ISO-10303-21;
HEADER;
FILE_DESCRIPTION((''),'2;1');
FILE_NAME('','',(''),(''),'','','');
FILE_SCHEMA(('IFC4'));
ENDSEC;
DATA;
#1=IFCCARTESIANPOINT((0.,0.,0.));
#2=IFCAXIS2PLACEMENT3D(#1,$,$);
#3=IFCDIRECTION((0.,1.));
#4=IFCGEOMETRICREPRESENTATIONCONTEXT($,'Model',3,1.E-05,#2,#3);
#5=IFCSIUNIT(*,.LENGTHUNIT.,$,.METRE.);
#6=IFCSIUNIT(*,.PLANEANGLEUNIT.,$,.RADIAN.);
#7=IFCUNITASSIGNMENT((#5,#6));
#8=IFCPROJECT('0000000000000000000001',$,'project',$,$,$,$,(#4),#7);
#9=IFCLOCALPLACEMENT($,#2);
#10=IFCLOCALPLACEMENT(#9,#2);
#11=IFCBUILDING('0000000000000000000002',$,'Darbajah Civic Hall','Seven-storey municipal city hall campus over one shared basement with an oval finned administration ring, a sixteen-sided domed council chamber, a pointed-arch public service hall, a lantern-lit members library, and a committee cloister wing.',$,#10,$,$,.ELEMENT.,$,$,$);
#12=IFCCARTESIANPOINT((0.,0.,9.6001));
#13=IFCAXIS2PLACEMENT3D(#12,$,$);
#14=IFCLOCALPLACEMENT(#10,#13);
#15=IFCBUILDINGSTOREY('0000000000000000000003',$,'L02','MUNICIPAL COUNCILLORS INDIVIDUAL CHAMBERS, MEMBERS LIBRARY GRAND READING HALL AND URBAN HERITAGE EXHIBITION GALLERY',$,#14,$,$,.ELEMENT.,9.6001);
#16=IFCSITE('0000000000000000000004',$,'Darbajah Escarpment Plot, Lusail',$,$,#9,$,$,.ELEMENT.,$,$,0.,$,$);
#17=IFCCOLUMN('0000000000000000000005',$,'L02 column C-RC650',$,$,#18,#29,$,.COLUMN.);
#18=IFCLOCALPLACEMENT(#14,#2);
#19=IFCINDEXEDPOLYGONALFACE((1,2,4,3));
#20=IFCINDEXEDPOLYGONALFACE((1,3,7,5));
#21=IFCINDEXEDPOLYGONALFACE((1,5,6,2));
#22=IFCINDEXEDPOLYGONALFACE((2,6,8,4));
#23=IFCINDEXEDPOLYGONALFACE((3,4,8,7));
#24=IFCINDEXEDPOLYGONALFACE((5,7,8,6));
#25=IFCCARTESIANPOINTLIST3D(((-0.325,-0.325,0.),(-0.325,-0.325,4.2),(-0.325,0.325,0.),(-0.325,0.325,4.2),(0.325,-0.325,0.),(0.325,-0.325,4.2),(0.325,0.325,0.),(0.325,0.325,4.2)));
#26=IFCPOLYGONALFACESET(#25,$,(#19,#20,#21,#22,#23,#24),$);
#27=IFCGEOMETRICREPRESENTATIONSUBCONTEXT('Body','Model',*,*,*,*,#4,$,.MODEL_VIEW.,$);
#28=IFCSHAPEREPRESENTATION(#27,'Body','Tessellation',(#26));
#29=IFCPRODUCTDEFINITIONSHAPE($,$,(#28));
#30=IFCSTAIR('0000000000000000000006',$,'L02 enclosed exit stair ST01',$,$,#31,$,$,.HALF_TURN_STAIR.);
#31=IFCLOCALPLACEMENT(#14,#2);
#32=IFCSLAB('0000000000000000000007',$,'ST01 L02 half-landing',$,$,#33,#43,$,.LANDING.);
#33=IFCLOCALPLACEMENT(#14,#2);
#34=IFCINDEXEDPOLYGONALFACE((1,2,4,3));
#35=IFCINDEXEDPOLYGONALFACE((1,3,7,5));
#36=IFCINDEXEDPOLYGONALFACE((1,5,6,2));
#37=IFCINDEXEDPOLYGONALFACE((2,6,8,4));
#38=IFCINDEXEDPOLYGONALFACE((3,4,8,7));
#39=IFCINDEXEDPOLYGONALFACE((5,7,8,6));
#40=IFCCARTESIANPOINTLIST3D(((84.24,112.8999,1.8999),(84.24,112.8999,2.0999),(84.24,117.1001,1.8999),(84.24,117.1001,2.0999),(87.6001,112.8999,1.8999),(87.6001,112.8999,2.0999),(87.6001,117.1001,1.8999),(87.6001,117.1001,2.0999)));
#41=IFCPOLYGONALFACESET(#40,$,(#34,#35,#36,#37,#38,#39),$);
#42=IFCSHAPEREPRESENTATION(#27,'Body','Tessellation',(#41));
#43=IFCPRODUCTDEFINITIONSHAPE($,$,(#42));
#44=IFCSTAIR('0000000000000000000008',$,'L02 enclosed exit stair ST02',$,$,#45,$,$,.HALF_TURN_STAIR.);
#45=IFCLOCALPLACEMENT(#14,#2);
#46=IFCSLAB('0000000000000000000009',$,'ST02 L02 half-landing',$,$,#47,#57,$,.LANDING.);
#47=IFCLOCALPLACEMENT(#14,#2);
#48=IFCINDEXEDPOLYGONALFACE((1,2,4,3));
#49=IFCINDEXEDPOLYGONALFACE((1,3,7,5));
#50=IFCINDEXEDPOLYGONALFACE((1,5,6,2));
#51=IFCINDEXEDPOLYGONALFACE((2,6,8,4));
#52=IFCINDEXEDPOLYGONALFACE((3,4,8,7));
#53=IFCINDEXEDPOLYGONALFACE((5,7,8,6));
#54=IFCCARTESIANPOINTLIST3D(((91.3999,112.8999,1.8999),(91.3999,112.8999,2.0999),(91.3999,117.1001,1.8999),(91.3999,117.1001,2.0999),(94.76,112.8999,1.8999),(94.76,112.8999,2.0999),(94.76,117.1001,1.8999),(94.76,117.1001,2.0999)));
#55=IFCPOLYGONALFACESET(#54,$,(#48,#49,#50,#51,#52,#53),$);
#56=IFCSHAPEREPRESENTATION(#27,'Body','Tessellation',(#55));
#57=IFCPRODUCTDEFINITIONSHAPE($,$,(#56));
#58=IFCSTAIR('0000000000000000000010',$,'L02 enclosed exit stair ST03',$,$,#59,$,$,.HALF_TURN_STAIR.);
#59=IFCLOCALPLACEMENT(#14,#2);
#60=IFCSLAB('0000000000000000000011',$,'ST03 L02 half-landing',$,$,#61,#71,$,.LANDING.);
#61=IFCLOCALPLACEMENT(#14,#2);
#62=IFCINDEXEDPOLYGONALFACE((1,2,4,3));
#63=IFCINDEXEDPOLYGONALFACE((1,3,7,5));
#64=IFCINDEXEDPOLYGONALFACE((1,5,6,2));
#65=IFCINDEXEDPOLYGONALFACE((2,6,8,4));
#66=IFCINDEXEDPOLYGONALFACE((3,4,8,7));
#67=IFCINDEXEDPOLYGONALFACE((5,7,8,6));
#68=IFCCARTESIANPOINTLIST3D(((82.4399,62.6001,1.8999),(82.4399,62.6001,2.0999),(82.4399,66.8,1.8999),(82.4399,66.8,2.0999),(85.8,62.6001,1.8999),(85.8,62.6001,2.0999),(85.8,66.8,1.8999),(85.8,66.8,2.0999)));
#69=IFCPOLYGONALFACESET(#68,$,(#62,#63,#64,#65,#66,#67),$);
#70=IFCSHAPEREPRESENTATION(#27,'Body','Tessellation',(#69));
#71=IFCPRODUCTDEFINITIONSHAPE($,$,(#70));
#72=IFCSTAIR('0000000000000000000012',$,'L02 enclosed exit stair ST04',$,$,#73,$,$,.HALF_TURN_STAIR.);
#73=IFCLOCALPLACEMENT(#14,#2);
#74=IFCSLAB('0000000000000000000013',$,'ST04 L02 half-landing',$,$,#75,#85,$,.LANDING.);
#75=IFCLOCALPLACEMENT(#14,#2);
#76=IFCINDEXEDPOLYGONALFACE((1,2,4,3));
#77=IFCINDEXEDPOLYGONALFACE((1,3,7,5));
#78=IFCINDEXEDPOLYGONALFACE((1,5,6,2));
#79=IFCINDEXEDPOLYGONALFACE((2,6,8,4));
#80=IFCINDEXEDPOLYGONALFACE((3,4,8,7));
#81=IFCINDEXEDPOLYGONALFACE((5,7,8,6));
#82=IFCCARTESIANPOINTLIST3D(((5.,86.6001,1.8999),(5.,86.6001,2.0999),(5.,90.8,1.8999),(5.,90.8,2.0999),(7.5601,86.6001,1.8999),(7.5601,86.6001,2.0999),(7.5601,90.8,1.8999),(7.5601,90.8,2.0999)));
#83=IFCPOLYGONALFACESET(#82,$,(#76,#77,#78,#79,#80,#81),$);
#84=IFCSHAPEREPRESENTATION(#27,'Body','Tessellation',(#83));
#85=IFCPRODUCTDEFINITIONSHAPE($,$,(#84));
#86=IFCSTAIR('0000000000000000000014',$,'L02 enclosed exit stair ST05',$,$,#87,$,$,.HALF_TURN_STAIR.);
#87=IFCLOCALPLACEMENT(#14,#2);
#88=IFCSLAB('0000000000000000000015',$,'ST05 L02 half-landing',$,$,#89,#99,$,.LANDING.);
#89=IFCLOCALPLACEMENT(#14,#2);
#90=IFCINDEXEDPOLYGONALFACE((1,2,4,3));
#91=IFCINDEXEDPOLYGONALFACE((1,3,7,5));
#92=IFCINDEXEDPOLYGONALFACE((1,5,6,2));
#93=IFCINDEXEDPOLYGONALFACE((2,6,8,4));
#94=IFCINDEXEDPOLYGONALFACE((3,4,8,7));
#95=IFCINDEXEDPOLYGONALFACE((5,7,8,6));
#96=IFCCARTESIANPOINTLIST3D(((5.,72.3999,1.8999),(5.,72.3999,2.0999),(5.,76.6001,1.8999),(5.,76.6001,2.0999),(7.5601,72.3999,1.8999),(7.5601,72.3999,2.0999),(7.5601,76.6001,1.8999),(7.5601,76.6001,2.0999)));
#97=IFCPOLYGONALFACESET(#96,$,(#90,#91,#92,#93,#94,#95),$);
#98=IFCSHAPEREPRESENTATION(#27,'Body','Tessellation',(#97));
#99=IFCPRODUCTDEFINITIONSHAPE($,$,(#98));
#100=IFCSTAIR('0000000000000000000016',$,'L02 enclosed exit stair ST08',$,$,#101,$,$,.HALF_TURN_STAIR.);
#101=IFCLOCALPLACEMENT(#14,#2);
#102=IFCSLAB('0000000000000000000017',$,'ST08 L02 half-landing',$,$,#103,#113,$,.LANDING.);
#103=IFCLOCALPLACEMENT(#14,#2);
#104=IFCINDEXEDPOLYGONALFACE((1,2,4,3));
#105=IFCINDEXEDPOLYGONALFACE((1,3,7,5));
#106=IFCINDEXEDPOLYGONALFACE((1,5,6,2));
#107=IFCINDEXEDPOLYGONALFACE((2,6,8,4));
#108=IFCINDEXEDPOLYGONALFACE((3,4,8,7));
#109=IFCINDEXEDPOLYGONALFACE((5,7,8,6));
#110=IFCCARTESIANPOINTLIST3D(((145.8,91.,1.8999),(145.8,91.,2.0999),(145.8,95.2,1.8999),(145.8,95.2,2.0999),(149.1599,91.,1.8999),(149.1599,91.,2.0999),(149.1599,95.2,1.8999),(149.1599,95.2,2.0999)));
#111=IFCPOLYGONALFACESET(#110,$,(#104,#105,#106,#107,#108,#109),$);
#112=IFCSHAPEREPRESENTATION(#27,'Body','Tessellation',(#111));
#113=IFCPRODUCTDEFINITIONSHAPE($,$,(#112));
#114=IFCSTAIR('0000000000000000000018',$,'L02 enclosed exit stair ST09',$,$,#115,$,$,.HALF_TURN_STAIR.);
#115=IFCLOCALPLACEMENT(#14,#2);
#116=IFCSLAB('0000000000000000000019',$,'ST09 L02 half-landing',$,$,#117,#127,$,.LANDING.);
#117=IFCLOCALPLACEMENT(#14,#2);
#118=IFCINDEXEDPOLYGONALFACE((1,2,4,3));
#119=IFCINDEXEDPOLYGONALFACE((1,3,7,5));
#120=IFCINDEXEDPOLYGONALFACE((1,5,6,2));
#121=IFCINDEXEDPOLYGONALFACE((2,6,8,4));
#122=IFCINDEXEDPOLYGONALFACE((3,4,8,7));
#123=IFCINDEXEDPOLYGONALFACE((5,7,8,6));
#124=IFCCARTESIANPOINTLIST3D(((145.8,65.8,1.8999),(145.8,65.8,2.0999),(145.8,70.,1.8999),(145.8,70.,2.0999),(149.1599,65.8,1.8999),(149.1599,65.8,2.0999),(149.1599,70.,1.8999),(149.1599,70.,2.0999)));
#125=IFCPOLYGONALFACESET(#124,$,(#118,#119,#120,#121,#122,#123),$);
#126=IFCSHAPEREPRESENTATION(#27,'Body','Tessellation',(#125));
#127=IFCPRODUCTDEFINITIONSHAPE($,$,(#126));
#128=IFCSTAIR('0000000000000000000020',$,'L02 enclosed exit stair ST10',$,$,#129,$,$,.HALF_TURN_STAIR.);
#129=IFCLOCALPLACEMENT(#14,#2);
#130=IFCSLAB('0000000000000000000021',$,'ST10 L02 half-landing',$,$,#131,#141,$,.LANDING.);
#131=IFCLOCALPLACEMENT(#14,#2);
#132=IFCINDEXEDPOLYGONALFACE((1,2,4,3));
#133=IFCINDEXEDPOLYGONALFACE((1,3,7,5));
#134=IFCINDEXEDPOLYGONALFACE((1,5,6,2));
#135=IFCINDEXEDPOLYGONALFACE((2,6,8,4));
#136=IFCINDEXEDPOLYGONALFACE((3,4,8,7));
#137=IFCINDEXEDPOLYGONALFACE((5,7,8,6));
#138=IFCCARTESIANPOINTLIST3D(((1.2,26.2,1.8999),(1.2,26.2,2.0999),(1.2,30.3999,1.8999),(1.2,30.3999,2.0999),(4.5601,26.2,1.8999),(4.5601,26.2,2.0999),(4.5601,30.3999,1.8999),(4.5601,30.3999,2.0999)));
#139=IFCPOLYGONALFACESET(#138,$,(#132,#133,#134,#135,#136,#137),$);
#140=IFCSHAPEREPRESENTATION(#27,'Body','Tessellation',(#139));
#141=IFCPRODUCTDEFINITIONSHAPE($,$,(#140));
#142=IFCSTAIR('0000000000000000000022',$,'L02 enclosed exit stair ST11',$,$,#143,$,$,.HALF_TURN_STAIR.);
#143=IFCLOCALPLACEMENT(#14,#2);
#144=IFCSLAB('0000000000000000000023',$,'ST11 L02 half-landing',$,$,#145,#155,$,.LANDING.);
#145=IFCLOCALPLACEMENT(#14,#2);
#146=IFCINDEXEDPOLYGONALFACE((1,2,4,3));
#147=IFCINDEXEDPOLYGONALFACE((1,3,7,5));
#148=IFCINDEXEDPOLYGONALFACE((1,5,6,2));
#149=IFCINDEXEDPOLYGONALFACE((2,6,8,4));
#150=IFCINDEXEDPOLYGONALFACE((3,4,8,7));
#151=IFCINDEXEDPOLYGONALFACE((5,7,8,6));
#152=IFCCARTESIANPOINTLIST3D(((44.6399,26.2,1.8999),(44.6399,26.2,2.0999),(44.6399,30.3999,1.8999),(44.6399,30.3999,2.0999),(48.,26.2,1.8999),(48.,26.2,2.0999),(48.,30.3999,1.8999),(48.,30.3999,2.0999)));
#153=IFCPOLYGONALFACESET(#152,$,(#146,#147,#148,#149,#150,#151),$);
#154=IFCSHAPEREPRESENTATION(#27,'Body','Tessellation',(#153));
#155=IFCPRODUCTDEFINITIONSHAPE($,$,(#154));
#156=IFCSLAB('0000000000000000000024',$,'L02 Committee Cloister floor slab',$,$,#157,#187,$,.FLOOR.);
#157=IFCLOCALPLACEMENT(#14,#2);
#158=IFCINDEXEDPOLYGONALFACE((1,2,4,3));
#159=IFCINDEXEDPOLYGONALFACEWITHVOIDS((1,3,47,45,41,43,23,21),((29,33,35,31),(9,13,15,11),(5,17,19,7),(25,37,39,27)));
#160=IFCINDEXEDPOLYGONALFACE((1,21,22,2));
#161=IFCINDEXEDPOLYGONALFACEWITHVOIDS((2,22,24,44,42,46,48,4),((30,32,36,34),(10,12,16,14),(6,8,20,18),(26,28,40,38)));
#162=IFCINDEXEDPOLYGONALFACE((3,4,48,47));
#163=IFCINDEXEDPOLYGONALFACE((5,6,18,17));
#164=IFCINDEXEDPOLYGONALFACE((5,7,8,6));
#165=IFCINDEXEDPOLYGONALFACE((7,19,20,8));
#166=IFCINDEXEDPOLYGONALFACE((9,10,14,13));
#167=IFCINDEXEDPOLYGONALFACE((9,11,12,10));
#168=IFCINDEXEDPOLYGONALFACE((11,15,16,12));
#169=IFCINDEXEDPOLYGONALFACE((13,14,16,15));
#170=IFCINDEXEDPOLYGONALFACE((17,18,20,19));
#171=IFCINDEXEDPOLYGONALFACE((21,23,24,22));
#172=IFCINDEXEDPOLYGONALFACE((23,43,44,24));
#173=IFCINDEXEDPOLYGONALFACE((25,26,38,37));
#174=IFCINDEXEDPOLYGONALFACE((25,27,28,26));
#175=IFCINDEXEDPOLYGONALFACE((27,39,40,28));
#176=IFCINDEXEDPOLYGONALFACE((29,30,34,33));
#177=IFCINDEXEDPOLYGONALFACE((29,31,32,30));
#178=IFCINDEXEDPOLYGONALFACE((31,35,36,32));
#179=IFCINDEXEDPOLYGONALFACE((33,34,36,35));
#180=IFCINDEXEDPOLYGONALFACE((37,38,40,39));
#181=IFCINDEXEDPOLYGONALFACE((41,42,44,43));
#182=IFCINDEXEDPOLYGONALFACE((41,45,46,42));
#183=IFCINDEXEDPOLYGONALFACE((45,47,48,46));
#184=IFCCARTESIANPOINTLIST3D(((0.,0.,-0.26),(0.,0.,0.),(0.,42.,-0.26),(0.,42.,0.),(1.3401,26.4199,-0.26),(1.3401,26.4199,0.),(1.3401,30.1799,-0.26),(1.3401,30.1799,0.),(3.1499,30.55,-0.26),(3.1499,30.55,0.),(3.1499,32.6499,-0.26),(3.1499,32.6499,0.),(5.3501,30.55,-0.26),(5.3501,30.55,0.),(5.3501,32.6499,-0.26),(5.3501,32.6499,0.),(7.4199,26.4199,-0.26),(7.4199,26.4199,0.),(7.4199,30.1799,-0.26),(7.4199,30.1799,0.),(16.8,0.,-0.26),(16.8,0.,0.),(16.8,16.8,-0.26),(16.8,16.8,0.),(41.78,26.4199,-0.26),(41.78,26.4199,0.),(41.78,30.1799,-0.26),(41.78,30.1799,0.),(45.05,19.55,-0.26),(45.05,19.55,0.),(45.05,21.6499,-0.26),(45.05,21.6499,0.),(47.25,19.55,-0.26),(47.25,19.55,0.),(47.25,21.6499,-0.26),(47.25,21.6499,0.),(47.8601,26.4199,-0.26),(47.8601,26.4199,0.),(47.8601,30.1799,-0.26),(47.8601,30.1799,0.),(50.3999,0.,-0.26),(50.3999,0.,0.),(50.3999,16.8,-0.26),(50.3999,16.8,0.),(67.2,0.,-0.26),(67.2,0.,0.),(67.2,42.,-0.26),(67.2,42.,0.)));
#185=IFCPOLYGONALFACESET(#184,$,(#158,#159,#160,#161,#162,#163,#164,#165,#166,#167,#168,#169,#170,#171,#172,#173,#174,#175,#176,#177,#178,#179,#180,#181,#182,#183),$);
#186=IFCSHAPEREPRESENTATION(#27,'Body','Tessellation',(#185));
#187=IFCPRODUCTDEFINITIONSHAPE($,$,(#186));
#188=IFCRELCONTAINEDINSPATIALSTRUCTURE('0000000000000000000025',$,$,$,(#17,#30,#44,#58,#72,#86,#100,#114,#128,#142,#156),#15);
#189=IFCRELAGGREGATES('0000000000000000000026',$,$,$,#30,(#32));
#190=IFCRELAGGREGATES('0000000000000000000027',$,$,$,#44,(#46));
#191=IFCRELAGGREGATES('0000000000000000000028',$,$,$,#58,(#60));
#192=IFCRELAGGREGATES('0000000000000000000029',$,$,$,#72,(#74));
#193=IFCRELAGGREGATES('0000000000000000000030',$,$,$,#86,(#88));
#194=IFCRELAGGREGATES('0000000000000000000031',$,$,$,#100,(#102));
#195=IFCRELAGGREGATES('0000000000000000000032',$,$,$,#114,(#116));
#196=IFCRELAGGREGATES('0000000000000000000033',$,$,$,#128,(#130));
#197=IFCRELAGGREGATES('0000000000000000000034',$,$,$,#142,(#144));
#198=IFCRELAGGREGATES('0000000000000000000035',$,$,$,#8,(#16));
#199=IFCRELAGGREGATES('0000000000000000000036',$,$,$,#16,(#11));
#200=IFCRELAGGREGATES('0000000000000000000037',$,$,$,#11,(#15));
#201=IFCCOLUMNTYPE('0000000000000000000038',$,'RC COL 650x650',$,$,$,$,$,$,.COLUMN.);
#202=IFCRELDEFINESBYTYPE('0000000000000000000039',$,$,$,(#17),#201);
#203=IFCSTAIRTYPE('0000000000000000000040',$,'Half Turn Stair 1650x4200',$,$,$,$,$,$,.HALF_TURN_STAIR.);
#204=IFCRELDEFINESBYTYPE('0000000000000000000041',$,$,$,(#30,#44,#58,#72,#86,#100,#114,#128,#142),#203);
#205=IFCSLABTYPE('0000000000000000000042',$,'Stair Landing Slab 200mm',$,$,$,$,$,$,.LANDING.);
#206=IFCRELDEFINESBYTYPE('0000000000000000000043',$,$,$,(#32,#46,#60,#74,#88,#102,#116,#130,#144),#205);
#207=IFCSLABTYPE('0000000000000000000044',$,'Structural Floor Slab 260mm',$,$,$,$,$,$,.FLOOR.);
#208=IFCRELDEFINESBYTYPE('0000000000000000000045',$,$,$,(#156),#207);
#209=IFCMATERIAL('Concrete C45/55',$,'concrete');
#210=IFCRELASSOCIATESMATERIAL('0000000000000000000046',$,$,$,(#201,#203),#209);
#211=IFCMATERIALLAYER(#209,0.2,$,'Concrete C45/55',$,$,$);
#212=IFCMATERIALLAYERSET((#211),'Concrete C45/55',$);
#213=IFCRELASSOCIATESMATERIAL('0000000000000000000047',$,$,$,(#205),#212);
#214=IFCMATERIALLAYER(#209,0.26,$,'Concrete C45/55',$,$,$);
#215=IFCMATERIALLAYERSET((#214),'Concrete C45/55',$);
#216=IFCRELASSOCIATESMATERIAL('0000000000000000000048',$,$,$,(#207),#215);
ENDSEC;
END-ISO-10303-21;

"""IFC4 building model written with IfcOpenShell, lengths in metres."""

from ifc_helpers import new_model, si_unit, direction, frame, origin, origin_with_axes, origin_2d, place, context, subcontext, project, spatial, polyline, rectangle, outline, extrude, material, layer, layer_set, material_profile, profile_set, type_object, element, aggregate, save


model = new_model("IFC4")

# Units and contexts
model_context = context("Model", 3, precision=1e-05, world=origin(), true_north=direction((0.0, 1.0)))
body_context = subcontext(model_context, "Body", "Model", "MODEL_VIEW")
ifc_project = project(units=[si_unit("LENGTHUNIT", "METRE"), si_unit("PLANEANGLEUNIT", "RADIAN")], contexts=[model_context])

# Site, building, storey
site_placement = place(None, origin())
site = spatial("IfcSite", under=ifc_project, at=site_placement, Name="Darbajah Escarpment Plot, Lusail", CompositionType="ELEMENT", RefElevation=0.0)
building_placement = place(site_placement, origin())
building = spatial("IfcBuilding", under=site, at=building_placement, Name="Darbajah Civic Hall", Description="Seven-storey municipal city hall campus over one shared basement with an oval finned administration ring, a sixteen-sided domed council chamber, a pointed-arch public service hall, a lantern-lit members library, and a committee cloister wing.", CompositionType="ELEMENT")
storey_placement = place(building_placement, frame((0.0, 0.0, 9.6001)))
storey = spatial("IfcBuildingStorey", under=building, at=storey_placement, Name="L02", Description="MUNICIPAL COUNCILLORS INDIVIDUAL CHAMBERS, MEMBERS LIBRARY GRAND READING HALL AND URBAN HERITAGE EXHIBITION GALLERY", CompositionType="ELEMENT", Elevation=9.6001)

# Column
ifc_material_1 = material(Name="Concrete C45/55", Category="concrete")
ifc_material_profile = material_profile(ifc_material_1, rectangle(XDim=0.6499, YDim=0.6499, at=origin_2d()), Name="RC COL 650x650")
ifc_profile_set = profile_set([ifc_material_profile], Name="Concrete C45/55")
column_type = type_object("IfcColumnType", Name="RC COL 650x650", PredefinedType="COLUMN", material=ifc_profile_set)
column_placement = place(storey_placement, origin_with_axes())
element("IfcColumn", 1, at=column_placement, inside=storey, type_object=column_type, Name="L02 column C-RC650", PredefinedType="COLUMN", context=body_context, shape_type="SweptSolid", body=[
    extrude(rectangle(XDim=0.6499, YDim=0.6499, at=origin_2d()), origin(), (0.0, 0.0, 1.0), 4.2),
])

# Stairs, slabs
stair_type = type_object("IfcStairType", Name="Half Turn Stair 1650x4200", PredefinedType="HALF_TURN_STAIR", material=ifc_material_1)
stair_1_placement = place(storey_placement, origin())
stair_1 = element("IfcStair", 2, at=stair_1_placement, inside=storey, type_object=stair_type, Name="L02 enclosed exit stair ST01", PredefinedType="HALF_TURN_STAIR")
ifc_layer_1 = layer(ifc_material_1, 0.2, Name="Concrete C45/55")
ifc_layer_set_1 = layer_set([ifc_layer_1], Name="Concrete C45/55")
slab_type_1 = type_object("IfcSlabType", Name="Stair Landing Slab 200mm", PredefinedType="LANDING", material=ifc_layer_set_1)
slab_1_placement = place(storey_placement, frame((0.0, 0.0, 1.8999)))
slab_1 = element("IfcSlab", 3, at=slab_1_placement, type_object=slab_type_1, Name="ST01 L02 half-landing", PredefinedType="LANDING", context=body_context, shape_type="SweptSolid", body=[
    extrude(outline(polyline([(84.24, 112.8999), (87.6001, 112.8999), (87.6001, 117.1001), (84.24, 117.1001), (84.24, 112.8999)])), origin(), (0.0, 0.0, 1.0), 0.2),
])
aggregate(stair_1, [slab_1])
stair_2_placement = place(storey_placement, origin())
stair_2 = element("IfcStair", 4, at=stair_2_placement, inside=storey, type_object=stair_type, Name="L02 enclosed exit stair ST02", PredefinedType="HALF_TURN_STAIR")
slab_2_placement = place(storey_placement, frame((0.0, 0.0, 1.8999)))
slab_2 = element("IfcSlab", 5, at=slab_2_placement, type_object=slab_type_1, Name="ST02 L02 half-landing", PredefinedType="LANDING", context=body_context, shape_type="SweptSolid", body=[
    extrude(outline(polyline([(91.3999, 112.8999), (94.76, 112.8999), (94.76, 117.1001), (91.3999, 117.1001), (91.3999, 112.8999)])), origin(), (0.0, 0.0, 1.0), 0.2),
])
aggregate(stair_2, [slab_2])
stair_3_placement = place(storey_placement, origin())
stair_3 = element("IfcStair", 6, at=stair_3_placement, inside=storey, type_object=stair_type, Name="L02 enclosed exit stair ST03", PredefinedType="HALF_TURN_STAIR")
slab_3_placement = place(storey_placement, frame((0.0, 0.0, 1.8999)))
slab_3 = element("IfcSlab", 7, at=slab_3_placement, type_object=slab_type_1, Name="ST03 L02 half-landing", PredefinedType="LANDING", context=body_context, shape_type="SweptSolid", body=[
    extrude(outline(polyline([(82.4399, 62.6001), (85.8, 62.6001), (85.8, 66.8), (82.4399, 66.8), (82.4399, 62.6001)])), origin(), (0.0, 0.0, 1.0), 0.2),
])
aggregate(stair_3, [slab_3])
stair_4_placement = place(storey_placement, origin())
stair_4 = element("IfcStair", 8, at=stair_4_placement, inside=storey, type_object=stair_type, Name="L02 enclosed exit stair ST04", PredefinedType="HALF_TURN_STAIR")
slab_4_placement = place(storey_placement, frame((0.0, 0.0, 1.8999)))
slab_4 = element("IfcSlab", 9, at=slab_4_placement, type_object=slab_type_1, Name="ST04 L02 half-landing", PredefinedType="LANDING", context=body_context, shape_type="SweptSolid", body=[
    extrude(outline(polyline([(5.0, 86.6001), (7.5601, 86.6001), (7.5601, 90.8), (5.0, 90.8), (5.0, 86.6001)])), origin(), (0.0, 0.0, 1.0), 0.2),
])
aggregate(stair_4, [slab_4])
stair_5_placement = place(storey_placement, origin())
stair_5 = element("IfcStair", 10, at=stair_5_placement, inside=storey, type_object=stair_type, Name="L02 enclosed exit stair ST05", PredefinedType="HALF_TURN_STAIR")
slab_5_placement = place(storey_placement, frame((0.0, 0.0, 1.8999)))
slab_5 = element("IfcSlab", 11, at=slab_5_placement, type_object=slab_type_1, Name="ST05 L02 half-landing", PredefinedType="LANDING", context=body_context, shape_type="SweptSolid", body=[
    extrude(outline(polyline([(5.0, 72.3999), (7.5601, 72.3999), (7.5601, 76.6001), (5.0, 76.6001), (5.0, 72.3999)])), origin(), (0.0, 0.0, 1.0), 0.2),
])
aggregate(stair_5, [slab_5])
stair_6_placement = place(storey_placement, origin())
stair_6 = element("IfcStair", 12, at=stair_6_placement, inside=storey, type_object=stair_type, Name="L02 enclosed exit stair ST08", PredefinedType="HALF_TURN_STAIR")
slab_6_placement = place(storey_placement, frame((0.0, 0.0, 1.8999)))
slab_6 = element("IfcSlab", 13, at=slab_6_placement, type_object=slab_type_1, Name="ST08 L02 half-landing", PredefinedType="LANDING", context=body_context, shape_type="SweptSolid", body=[
    extrude(outline(polyline([(145.8, 91.0), (149.1599, 91.0), (149.1599, 95.2), (145.8, 95.2), (145.8, 91.0)])), origin(), (0.0, 0.0, 1.0), 0.2),
])
aggregate(stair_6, [slab_6])
stair_7_placement = place(storey_placement, origin())
stair_7 = element("IfcStair", 14, at=stair_7_placement, inside=storey, type_object=stair_type, Name="L02 enclosed exit stair ST09", PredefinedType="HALF_TURN_STAIR")
slab_7_placement = place(storey_placement, frame((0.0, 0.0, 1.8999)))
slab_7 = element("IfcSlab", 15, at=slab_7_placement, type_object=slab_type_1, Name="ST09 L02 half-landing", PredefinedType="LANDING", context=body_context, shape_type="SweptSolid", body=[
    extrude(outline(polyline([(145.8, 65.8), (149.1599, 65.8), (149.1599, 70.0), (145.8, 70.0), (145.8, 65.8)])), origin(), (0.0, 0.0, 1.0), 0.2),
])
aggregate(stair_7, [slab_7])
stair_8_placement = place(storey_placement, origin())
stair_8 = element("IfcStair", 16, at=stair_8_placement, inside=storey, type_object=stair_type, Name="L02 enclosed exit stair ST10", PredefinedType="HALF_TURN_STAIR")
slab_8_placement = place(storey_placement, frame((0.0, 0.0, 1.8999)))
slab_8 = element("IfcSlab", 17, at=slab_8_placement, type_object=slab_type_1, Name="ST10 L02 half-landing", PredefinedType="LANDING", context=body_context, shape_type="SweptSolid", body=[
    extrude(outline(polyline([(1.2, 26.2), (4.5601, 26.2), (4.5601, 30.3999), (1.2, 30.3999), (1.2, 26.2)])), origin(), (0.0, 0.0, 1.0), 0.2),
])
aggregate(stair_8, [slab_8])
stair_9_placement = place(storey_placement, origin())
stair_9 = element("IfcStair", 18, at=stair_9_placement, inside=storey, type_object=stair_type, Name="L02 enclosed exit stair ST11", PredefinedType="HALF_TURN_STAIR")
slab_9_placement = place(storey_placement, frame((0.0, 0.0, 1.8999)))
slab_9 = element("IfcSlab", 19, at=slab_9_placement, type_object=slab_type_1, Name="ST11 L02 half-landing", PredefinedType="LANDING", context=body_context, shape_type="SweptSolid", body=[
    extrude(outline(polyline([(44.6399, 26.2), (48.0, 26.2), (48.0, 30.3999), (44.6399, 30.3999), (44.6399, 26.2)])), origin(), (0.0, 0.0, 1.0), 0.2),
])
aggregate(stair_9, [slab_9])

# Slab
ifc_layer_2 = layer(ifc_material_1, 0.26, Name="Concrete C45/55")
ifc_layer_set_2 = layer_set([ifc_layer_2], Name="Concrete C45/55")
slab_type_2 = type_object("IfcSlabType", Name="Structural Floor Slab 260mm", PredefinedType="FLOOR", material=ifc_layer_set_2)
slab_10_placement = place(storey_placement, frame((0.0, 0.0, -0.26)))
element("IfcSlab", 20, at=slab_10_placement, inside=storey, type_object=slab_type_2, Name="L02 Committee Cloister floor slab", PredefinedType="FLOOR", context=body_context, shape_type="SweptSolid", body=[
    extrude(outline(polyline([(0.0, 0.0), (16.8, 0.0), (16.8, 16.8), (50.3999, 16.8), (50.3999, 0.0), (67.2, 0.0), (67.2, 42.0), (0.0, 42.0), (0.0, 0.0)]), holes=[polyline([(1.3401, 30.1799), (7.4199, 30.1799), (7.4199, 26.4199), (1.3401, 26.4199), (1.3401, 30.1799)]), polyline([(3.1499, 32.6499), (5.3501, 32.6499), (5.3501, 30.55), (3.1499, 30.55), (3.1499, 32.6499)]), polyline([(41.78, 30.1799), (47.8601, 30.1799), (47.8601, 26.4199), (41.78, 26.4199), (41.78, 30.1799)]), polyline([(45.05, 21.6499), (47.25, 21.6499), (47.25, 19.55), (45.05, 19.55), (45.05, 21.6499)])]), origin(), (0.0, 0.0, 1.0), 0.26),
])

save(model, "model.ifc")
